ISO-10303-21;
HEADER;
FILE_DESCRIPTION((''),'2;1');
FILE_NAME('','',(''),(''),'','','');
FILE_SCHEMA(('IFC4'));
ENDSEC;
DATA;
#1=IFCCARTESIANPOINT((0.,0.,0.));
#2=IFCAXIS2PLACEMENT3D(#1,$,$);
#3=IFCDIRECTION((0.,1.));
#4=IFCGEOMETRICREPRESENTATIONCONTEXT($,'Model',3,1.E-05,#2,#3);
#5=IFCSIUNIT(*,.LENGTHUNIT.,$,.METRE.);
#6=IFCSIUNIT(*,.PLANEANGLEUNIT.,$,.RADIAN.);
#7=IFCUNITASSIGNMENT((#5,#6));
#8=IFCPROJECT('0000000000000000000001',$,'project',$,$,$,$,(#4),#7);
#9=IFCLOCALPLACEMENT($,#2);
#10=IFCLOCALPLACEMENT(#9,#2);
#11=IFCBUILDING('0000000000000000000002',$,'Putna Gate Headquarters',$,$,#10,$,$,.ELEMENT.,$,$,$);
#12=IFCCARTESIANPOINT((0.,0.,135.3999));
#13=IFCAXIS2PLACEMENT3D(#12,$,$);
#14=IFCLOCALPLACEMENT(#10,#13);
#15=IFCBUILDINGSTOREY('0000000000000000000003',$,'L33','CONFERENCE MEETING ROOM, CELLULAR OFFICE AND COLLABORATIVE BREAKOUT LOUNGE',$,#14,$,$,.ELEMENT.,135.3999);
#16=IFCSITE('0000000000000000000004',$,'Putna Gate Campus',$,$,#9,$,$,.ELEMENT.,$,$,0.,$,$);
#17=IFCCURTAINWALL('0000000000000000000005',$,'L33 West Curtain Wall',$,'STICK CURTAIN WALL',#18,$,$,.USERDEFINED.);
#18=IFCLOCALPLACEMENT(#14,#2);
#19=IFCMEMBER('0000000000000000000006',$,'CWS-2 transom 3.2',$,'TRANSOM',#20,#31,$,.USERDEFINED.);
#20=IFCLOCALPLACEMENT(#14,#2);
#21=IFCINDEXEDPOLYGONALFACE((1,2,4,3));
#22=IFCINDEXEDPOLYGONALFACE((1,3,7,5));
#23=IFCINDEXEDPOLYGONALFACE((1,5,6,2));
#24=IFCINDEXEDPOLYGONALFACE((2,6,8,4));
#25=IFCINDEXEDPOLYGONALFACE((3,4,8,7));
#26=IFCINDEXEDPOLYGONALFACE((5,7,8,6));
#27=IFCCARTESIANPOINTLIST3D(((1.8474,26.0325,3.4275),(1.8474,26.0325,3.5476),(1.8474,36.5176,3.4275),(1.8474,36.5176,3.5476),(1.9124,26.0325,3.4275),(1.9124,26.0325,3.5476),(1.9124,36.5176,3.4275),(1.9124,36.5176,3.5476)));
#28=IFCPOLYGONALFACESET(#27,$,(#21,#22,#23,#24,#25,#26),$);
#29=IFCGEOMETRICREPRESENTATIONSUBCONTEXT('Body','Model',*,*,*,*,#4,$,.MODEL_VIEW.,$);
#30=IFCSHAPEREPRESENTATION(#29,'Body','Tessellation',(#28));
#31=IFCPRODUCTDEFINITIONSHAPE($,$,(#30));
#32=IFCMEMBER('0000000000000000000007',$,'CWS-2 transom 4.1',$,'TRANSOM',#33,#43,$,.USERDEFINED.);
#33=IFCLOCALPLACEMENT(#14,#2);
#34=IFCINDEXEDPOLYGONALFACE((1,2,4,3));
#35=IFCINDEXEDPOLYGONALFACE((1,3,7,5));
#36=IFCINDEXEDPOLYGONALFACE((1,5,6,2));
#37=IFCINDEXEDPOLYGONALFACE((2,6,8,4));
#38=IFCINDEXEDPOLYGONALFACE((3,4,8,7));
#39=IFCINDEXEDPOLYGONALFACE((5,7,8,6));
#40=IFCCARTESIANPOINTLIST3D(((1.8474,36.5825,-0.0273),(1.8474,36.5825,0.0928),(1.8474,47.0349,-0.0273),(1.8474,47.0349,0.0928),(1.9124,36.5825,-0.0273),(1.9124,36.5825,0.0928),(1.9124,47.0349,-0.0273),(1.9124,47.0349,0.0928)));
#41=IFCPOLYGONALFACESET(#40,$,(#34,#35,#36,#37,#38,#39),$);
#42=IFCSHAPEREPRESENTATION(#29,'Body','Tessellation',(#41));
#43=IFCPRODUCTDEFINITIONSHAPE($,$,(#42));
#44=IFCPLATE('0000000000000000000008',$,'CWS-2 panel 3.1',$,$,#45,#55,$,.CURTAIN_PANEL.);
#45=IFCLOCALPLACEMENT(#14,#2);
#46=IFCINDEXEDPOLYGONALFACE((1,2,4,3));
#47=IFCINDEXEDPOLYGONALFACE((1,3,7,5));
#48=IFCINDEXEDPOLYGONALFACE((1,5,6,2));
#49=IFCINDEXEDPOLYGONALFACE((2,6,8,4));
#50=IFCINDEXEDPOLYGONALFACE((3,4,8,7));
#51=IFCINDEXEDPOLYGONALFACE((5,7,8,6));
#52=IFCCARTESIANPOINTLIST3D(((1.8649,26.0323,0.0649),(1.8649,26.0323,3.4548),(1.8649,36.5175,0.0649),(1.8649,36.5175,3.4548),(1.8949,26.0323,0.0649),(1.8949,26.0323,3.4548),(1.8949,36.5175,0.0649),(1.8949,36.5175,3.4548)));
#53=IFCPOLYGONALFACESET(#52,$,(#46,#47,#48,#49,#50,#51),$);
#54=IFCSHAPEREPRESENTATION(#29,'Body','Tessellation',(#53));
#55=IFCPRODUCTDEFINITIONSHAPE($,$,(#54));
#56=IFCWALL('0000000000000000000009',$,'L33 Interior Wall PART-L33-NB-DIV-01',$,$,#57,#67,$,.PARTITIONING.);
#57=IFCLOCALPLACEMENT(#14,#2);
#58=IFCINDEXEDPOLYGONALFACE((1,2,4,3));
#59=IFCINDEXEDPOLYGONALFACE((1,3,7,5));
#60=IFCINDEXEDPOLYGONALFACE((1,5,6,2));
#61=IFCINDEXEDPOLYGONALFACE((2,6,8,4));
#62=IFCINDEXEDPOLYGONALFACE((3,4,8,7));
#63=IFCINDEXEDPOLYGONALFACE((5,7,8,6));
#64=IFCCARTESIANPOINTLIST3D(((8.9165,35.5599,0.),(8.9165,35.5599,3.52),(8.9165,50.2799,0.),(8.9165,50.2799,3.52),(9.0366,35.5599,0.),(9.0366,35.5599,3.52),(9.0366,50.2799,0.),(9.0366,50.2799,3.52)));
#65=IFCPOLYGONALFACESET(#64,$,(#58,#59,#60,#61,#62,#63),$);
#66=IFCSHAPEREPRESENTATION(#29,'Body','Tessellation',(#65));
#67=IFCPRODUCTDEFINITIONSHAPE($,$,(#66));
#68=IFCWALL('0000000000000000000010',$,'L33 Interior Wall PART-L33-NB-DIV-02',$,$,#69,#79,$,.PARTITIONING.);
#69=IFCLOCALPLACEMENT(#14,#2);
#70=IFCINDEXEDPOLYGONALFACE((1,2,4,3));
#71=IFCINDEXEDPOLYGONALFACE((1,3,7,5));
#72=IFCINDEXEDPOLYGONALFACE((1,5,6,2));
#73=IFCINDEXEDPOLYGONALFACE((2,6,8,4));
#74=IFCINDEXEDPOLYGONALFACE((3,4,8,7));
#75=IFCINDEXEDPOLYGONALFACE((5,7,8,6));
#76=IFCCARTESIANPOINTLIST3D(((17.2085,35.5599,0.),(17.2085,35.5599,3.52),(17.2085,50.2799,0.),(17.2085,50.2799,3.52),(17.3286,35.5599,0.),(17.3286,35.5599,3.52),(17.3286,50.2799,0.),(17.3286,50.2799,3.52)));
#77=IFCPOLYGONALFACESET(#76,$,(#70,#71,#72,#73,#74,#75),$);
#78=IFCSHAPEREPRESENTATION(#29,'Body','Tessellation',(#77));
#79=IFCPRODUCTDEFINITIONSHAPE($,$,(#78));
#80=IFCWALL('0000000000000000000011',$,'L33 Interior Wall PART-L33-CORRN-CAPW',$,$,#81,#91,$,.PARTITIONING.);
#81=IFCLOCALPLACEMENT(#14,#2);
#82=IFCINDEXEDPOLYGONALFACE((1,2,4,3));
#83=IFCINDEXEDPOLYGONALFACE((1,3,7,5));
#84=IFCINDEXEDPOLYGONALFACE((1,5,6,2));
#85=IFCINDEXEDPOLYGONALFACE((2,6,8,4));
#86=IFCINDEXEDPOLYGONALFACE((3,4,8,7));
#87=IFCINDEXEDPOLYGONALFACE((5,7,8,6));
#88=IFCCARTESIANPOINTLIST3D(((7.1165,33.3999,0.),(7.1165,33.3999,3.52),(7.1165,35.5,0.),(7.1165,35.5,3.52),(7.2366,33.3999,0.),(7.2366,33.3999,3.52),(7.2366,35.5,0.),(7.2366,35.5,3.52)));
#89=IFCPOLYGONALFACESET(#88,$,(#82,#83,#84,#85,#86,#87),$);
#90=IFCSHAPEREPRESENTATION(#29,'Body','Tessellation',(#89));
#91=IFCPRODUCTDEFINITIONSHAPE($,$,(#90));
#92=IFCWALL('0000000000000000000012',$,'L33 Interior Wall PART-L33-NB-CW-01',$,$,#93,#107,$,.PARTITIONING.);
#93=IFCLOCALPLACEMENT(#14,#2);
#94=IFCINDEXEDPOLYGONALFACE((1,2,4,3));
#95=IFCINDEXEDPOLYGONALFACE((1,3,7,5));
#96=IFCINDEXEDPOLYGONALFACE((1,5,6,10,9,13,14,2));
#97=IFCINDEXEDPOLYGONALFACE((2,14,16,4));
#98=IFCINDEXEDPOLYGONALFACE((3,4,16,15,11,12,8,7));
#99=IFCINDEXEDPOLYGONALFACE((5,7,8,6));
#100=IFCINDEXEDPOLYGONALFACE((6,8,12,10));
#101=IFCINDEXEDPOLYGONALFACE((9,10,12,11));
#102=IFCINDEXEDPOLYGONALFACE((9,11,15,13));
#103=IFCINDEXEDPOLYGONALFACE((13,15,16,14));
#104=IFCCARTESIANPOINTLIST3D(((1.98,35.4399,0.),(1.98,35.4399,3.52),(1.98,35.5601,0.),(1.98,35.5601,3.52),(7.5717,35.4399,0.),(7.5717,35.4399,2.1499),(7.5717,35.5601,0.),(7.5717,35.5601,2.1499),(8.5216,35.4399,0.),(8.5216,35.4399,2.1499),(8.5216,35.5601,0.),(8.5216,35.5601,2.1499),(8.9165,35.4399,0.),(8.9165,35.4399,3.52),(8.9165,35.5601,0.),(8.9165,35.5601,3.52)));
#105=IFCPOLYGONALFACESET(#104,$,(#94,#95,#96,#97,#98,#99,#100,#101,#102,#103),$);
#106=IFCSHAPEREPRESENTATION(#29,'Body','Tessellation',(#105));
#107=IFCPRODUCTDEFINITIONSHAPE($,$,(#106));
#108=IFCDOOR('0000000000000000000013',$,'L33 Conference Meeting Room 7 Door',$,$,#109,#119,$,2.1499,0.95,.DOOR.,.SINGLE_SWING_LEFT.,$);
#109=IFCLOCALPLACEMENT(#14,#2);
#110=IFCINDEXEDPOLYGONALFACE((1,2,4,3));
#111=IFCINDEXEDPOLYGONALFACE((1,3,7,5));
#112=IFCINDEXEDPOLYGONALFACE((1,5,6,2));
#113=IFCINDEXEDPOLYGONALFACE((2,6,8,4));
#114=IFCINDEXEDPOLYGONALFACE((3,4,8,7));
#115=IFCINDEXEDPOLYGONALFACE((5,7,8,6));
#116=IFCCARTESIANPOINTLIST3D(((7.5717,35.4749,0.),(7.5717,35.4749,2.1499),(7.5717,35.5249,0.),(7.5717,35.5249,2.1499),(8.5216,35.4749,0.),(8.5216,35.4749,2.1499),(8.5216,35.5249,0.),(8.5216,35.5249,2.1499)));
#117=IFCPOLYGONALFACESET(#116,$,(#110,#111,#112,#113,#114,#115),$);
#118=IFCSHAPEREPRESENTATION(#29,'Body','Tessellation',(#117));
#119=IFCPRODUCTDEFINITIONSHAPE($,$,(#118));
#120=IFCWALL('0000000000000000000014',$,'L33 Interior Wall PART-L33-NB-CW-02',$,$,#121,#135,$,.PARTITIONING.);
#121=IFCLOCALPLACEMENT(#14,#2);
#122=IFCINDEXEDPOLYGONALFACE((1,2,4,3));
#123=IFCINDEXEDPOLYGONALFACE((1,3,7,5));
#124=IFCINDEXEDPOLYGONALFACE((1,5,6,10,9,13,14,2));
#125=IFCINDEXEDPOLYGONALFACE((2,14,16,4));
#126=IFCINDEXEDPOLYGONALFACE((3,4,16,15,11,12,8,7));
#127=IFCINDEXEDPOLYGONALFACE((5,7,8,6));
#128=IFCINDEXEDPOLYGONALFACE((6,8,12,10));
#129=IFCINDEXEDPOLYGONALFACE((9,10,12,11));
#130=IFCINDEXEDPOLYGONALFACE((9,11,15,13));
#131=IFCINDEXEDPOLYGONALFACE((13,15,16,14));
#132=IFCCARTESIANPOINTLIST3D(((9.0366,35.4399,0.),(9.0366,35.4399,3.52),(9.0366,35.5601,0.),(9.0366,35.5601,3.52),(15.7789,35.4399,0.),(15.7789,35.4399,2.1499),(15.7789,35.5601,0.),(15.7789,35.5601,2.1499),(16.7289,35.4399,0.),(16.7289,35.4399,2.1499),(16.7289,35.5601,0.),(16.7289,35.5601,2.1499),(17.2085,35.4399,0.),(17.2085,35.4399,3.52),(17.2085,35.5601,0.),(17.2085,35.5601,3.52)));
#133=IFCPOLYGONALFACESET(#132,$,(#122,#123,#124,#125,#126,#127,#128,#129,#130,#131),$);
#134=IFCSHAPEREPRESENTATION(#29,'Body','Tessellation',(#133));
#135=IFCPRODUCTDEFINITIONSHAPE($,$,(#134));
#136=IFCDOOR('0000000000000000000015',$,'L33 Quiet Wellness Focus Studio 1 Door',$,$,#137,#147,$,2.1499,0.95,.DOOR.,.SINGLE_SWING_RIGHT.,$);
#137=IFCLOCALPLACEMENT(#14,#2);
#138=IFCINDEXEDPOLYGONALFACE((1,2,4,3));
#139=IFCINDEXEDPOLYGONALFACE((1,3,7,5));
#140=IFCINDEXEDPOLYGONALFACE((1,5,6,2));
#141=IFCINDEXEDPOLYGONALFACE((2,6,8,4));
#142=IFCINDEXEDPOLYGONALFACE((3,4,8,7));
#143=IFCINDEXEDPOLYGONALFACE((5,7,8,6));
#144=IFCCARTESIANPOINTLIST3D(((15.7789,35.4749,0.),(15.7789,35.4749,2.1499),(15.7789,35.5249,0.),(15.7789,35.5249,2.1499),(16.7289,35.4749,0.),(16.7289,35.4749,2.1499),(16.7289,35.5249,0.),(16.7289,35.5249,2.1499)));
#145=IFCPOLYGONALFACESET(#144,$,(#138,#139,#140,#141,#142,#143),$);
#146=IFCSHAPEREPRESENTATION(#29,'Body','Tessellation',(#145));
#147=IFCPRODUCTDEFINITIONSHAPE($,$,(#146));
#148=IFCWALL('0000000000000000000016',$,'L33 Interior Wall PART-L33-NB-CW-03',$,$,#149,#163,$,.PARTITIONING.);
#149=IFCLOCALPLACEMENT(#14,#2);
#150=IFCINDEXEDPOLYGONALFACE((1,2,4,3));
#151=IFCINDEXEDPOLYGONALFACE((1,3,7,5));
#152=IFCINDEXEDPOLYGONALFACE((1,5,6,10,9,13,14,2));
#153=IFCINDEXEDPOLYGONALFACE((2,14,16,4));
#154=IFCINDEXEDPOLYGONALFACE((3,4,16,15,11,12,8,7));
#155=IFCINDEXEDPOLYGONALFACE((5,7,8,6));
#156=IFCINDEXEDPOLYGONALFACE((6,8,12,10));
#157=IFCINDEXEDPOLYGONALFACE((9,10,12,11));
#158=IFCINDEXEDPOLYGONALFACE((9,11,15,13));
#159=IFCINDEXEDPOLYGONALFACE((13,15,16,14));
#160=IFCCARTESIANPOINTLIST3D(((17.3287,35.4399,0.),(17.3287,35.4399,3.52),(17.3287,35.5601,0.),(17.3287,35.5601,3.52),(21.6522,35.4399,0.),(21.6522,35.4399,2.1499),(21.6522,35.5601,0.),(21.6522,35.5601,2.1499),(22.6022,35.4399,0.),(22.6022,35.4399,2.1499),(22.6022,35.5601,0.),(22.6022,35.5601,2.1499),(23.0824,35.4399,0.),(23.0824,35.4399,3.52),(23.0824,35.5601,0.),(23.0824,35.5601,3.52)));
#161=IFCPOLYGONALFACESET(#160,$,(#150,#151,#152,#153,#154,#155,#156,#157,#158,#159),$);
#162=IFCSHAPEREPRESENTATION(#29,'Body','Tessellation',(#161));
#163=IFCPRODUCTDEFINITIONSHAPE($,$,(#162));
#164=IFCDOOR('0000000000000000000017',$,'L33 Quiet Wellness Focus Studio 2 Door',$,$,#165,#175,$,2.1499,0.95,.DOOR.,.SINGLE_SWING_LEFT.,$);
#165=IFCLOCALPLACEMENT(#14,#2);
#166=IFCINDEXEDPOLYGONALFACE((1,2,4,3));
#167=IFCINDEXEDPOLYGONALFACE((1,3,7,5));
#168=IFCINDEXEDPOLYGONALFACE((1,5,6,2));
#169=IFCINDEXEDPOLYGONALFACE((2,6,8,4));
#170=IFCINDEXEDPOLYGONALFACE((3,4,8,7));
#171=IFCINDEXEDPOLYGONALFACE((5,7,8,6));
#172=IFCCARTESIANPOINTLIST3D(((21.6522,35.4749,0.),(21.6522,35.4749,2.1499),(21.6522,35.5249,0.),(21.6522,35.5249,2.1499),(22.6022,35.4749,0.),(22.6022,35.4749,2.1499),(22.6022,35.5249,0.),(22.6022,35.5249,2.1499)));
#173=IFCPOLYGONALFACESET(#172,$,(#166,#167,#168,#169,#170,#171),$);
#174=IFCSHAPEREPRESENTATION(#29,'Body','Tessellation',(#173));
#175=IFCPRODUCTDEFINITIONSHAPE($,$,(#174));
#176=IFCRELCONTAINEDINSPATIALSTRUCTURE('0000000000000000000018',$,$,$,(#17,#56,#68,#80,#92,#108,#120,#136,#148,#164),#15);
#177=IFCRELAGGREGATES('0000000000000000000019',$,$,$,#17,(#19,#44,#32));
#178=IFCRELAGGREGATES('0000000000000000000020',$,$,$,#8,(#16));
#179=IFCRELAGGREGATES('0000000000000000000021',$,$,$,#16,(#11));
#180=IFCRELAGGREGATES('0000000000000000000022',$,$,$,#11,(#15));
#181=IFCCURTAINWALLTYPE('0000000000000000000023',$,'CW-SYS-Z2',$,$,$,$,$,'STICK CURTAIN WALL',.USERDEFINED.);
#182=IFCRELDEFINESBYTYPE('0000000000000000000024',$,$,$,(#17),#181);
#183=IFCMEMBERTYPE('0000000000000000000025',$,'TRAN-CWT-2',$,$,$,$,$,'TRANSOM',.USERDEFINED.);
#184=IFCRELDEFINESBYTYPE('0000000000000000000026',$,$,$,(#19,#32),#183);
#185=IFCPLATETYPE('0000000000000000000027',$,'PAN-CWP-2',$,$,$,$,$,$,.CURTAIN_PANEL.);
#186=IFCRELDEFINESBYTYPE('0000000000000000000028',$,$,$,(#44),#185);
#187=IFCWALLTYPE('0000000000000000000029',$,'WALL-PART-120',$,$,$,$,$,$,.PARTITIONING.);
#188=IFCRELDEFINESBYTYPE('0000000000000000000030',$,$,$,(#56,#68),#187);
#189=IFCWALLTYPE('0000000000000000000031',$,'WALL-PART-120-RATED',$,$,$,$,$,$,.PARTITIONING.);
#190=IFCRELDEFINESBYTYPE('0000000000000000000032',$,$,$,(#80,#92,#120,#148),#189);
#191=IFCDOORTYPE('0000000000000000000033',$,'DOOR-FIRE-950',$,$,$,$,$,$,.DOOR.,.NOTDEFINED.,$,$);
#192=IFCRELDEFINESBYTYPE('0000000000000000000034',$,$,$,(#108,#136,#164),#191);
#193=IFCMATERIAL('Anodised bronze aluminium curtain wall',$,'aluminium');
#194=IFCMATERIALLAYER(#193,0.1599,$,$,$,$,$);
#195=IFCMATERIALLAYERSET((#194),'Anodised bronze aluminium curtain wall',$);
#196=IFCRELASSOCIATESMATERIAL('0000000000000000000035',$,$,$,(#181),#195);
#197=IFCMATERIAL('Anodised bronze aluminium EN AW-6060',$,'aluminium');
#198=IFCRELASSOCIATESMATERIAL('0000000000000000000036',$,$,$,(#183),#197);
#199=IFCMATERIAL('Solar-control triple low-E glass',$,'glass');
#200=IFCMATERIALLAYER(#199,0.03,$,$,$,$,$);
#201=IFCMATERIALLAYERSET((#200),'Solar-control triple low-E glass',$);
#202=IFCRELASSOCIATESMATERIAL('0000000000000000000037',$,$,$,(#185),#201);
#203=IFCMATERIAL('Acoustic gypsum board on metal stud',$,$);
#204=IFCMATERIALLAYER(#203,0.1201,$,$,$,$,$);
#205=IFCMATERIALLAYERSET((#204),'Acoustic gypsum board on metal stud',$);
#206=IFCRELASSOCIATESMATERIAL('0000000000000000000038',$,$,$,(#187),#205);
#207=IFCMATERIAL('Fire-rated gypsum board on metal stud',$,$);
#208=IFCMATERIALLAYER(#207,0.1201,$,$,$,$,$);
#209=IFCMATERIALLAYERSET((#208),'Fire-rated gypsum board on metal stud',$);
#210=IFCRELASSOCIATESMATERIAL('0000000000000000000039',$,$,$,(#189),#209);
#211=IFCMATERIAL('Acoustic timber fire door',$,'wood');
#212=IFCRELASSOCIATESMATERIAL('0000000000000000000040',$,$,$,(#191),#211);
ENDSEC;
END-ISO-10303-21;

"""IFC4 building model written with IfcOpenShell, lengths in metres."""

from ifc_helpers import new_model, si_unit, direction, frame, frame_2d, origin, origin_2d, place, context, subcontext, project, spatial, rectangle, extrude, material, layer, layer_set, material_profile, profile_set, type_object, element, fill, aggregate, save


model = new_model("IFC4")

# Units and contexts
model_context = context("Model", 3, precision=1e-05, world=origin(), true_north=direction((0.0, 1.0)))
body_context = subcontext(model_context, "Body", "Model", "MODEL_VIEW")
ifc_project = project(units=[si_unit("LENGTHUNIT", "METRE"), si_unit("PLANEANGLEUNIT", "RADIAN")], contexts=[model_context])

# Site, building, storey
site_placement = place(None, origin())
site = spatial("IfcSite", under=ifc_project, at=site_placement, Name="Putna Gate Campus", CompositionType="ELEMENT", RefElevation=0.0)
building_placement = place(site_placement, origin())
building = spatial("IfcBuilding", under=site, at=building_placement, Name="Putna Gate Headquarters", CompositionType="ELEMENT")
storey_placement = place(building_placement, frame((0.0, 0.0, 135.3999)))
storey = spatial("IfcBuildingStorey", under=building, at=storey_placement, Name="L33", Description="CONFERENCE MEETING ROOM, CELLULAR OFFICE AND COLLABORATIVE BREAKOUT LOUNGE", CompositionType="ELEMENT", Elevation=135.3999)

# Curtain wall, members, plate
ifc_material_1 = material(Name="Anodised bronze aluminium curtain wall", Category="aluminium")
ifc_layer_1 = layer(ifc_material_1, 0.1599)
ifc_layer_set_1 = layer_set([ifc_layer_1], Name="Anodised bronze aluminium curtain wall")
curtain_wall_type = type_object("IfcCurtainWallType", Name="CW-SYS-Z2", ElementType="STICK CURTAIN WALL", PredefinedType="USERDEFINED", material=ifc_layer_set_1)
curtain_wall_placement = place(storey_placement, origin())
curtain_wall = element("IfcCurtainWall", 1, at=curtain_wall_placement, inside=storey, type_object=curtain_wall_type, Name="L33 West Curtain Wall", ObjectType="STICK CURTAIN WALL", PredefinedType="USERDEFINED")
ifc_material_2 = material(Name="Anodised bronze aluminium EN AW-6060", Category="aluminium")
ifc_material_profile_1 = material_profile(ifc_material_2, rectangle(XDim=0.0649, YDim=0.1201, at=origin_2d()), Name="Anodised bronze aluminium EN AW-6060")
ifc_profile_set_1 = profile_set([ifc_material_profile_1], Name="Anodised bronze aluminium EN AW-6060")
member_type_1 = type_object("IfcMemberType", Name="TRAN-CWT-2", ElementType="TRANSOM", PredefinedType="USERDEFINED", material=ifc_profile_set_1)
member_1_placement = place(storey_placement, frame((1.8799, 26.0325, 3.4875), z_axis=(0.0, 1.0, 0.0), x_axis=(-1.0, 0.0, 0.0)))
member_1 = element("IfcMember", 2, at=member_1_placement, type_object=member_type_1, Name="CWS-2 transom 3.2", ObjectType="TRANSOM", PredefinedType="USERDEFINED", context=body_context, shape_type="SweptSolid", body=[
    extrude(rectangle(XDim=0.0649, YDim=0.1201, at=origin_2d()), origin(), (0.0, 0.0, 1.0), 10.4851),
])
member_2_placement = place(storey_placement, frame((1.8799, 36.5825, 0.0327), z_axis=(0.0, 1.0, 0.0), x_axis=(-1.0, 0.0, 0.0)))
member_2 = element("IfcMember", 3, at=member_2_placement, type_object=member_type_1, Name="CWS-2 transom 4.1", ObjectType="TRANSOM", PredefinedType="USERDEFINED", context=body_context, shape_type="SweptSolid", body=[
    extrude(rectangle(XDim=0.0649, YDim=0.1201, at=origin_2d()), origin(), (0.0, 0.0, 1.0), 10.4524),
])
ifc_material_3 = material(Name="Solar-control triple low-E glass", Category="glass")
ifc_layer_2 = layer(ifc_material_3, 0.03)
ifc_layer_set_2 = layer_set([ifc_layer_2], Name="Solar-control triple low-E glass")
plate_type = type_object("IfcPlateType", Name="PAN-CWP-2", PredefinedType="CURTAIN_PANEL", material=ifc_layer_set_2)
plate_placement = place(storey_placement, frame((1.8799, 31.2749, 0.0649), z_axis=(0.0, 0.0, 1.0), x_axis=(0.0, 1.0, 0.0)))
plate = element("IfcPlate", 4, at=plate_placement, type_object=plate_type, Name="CWS-2 panel 3.1", PredefinedType="CURTAIN_PANEL", context=body_context, shape_type="SweptSolid", body=[
    extrude(rectangle(XDim=10.4851, YDim=0.03, at=origin_2d()), origin(), (0.0, 0.0, 1.0), 3.3899),
])
aggregate(curtain_wall, [member_1, plate, member_2])

# Walls
ifc_material_4 = material(Name="Acoustic gypsum board on metal stud")
ifc_layer_3 = layer(ifc_material_4, 0.1201)
ifc_layer_set_3 = layer_set([ifc_layer_3], Name="Acoustic gypsum board on metal stud")
wall_type_1 = type_object("IfcWallType", Name="WALL-PART-120", PredefinedType="PARTITIONING", material=ifc_layer_set_3)
for number, where, z_axis, x_axis, name in (
    (5, (8.9766, 35.5601, 0.0), (0.0, 0.0, 1.0), (0.0, 1.0, 0.0), "L33 Interior Wall PART-L33-NB-DIV-01"),
    (6, (17.2686, 35.5601, 0.0), (0.0, 0.0, 1.0), (0.0, 1.0, 0.0), "L33 Interior Wall PART-L33-NB-DIV-02"),
):
    element("IfcWall", number, at=place(storey_placement, frame(where, z_axis=z_axis, x_axis=x_axis)), inside=storey, type_object=wall_type_1, Name=name, PredefinedType="PARTITIONING", context=body_context, shape_type="SweptSolid", body=[
        extrude(rectangle(XDim=14.72, YDim=0.1201, at=frame_2d((7.3599, 0.0))), origin(), (0.0, 0.0, 1.0), 3.52),
    ])
ifc_material_5 = material(Name="Fire-rated gypsum board on metal stud")
ifc_layer_4 = layer(ifc_material_5, 0.1201)
ifc_layer_set_4 = layer_set([ifc_layer_4], Name="Fire-rated gypsum board on metal stud")
wall_type_2 = type_object("IfcWallType", Name="WALL-PART-120-RATED", PredefinedType="PARTITIONING", material=ifc_layer_set_4)
wall_1_placement = place(storey_placement, frame((7.1765, 33.3999, 0.0), z_axis=(0.0, 0.0, 1.0), x_axis=(0.0, 1.0, 0.0)))
element("IfcWall", 7, at=wall_1_placement, inside=storey, type_object=wall_type_2, Name="L33 Interior Wall PART-L33-CORRN-CAPW", PredefinedType="PARTITIONING", context=body_context, shape_type="SweptSolid", body=[
    extrude(rectangle(XDim=2.1001, YDim=0.1201, at=frame_2d((1.05, 0.0))), origin(), (0.0, 0.0, 1.0), 3.52),
])

# Walls, openings, doors
wall_2_placement = place(storey_placement, frame((1.98, 35.5, 0.0), z_axis=(0.0, 0.0, 1.0), x_axis=(1.0, 0.0, 0.0)))
wall_2 = element("IfcWall", 8, at=wall_2_placement, inside=storey, type_object=wall_type_2, Name="L33 Interior Wall PART-L33-NB-CW-01", PredefinedType="PARTITIONING", context=body_context, shape_type="SweptSolid", body=[
    extrude(rectangle(XDim=6.9365, YDim=0.1201, at=frame_2d((3.4683, 0.0))), origin(), (0.0, 0.0, 1.0), 3.52),
])
opening_1_placement = place(wall_2_placement, frame((5.5916, 0.0, 0.0)))
opening_1 = element("IfcOpeningElement", 9, at=opening_1_placement, cuts=wall_2, PredefinedType="OPENING", context=body_context, shape_type="SweptSolid", body=[
    extrude(rectangle(XDim=0.95, YDim=2.1499, at=frame_2d((0.4751, 1.075))), frame((0.0, 0.0701, 0.0), z_axis=(0.0, -1.0, 0.0), x_axis=(1.0, 0.0, 0.0)), (0.0, 0.0, 1.0), 0.1401),
])
ifc_material_6 = material(Name="Acoustic timber fire door", Category="wood")
door_type_1 = type_object("IfcDoorType", Name="DOOR-FIRE-950", OperationType="NOTDEFINED", PredefinedType="DOOR", material=ifc_material_6)
door_1_placement = place(opening_1_placement, origin())
door_1 = element("IfcDoor", 10, at=door_1_placement, inside=storey, type_object=door_type_1, Name="L33 Conference Meeting Room 7 Door", OperationType="SINGLE_SWING_LEFT", OverallHeight=2.1499, OverallWidth=0.95, PredefinedType="DOOR", context=body_context, shape_type="SweptSolid", body=[
    extrude(rectangle(XDim=0.95, YDim=2.1499, at=frame_2d((0.4751, 1.075))), frame((0.0, 0.0249, 0.0), z_axis=(0.0, -1.0, 0.0), x_axis=(1.0, 0.0, 0.0)), (0.0, 0.0, 1.0), 0.05),
])
fill(opening_1, door_1)
wall_3_placement = place(storey_placement, frame((9.0366, 35.5, 0.0), z_axis=(0.0, 0.0, 1.0), x_axis=(1.0, 0.0, 0.0)))
wall_3 = element("IfcWall", 11, at=wall_3_placement, inside=storey, type_object=wall_type_2, Name="L33 Interior Wall PART-L33-NB-CW-02", PredefinedType="PARTITIONING", context=body_context, shape_type="SweptSolid", body=[
    extrude(rectangle(XDim=8.1719, YDim=0.1201, at=frame_2d((4.0859, 0.0))), origin(), (0.0, 0.0, 1.0), 3.52),
])
opening_2_placement = place(wall_3_placement, frame((6.7422, 0.0, 0.0)))
opening_2 = element("IfcOpeningElement", 12, at=opening_2_placement, cuts=wall_3, PredefinedType="OPENING", context=body_context, shape_type="SweptSolid", body=[
    extrude(rectangle(XDim=0.95, YDim=2.1499, at=frame_2d((0.4751, 1.075))), frame((0.0, 0.0701, 0.0), z_axis=(0.0, -1.0, 0.0), x_axis=(1.0, 0.0, 0.0)), (0.0, 0.0, 1.0), 0.1401),
])
door_2_placement = place(opening_2_placement, origin())
door_2 = element("IfcDoor", 13, at=door_2_placement, inside=storey, type_object=door_type_1, Name="L33 Quiet Wellness Focus Studio 1 Door", OperationType="SINGLE_SWING_RIGHT", OverallHeight=2.1499, OverallWidth=0.95, PredefinedType="DOOR", context=body_context, shape_type="SweptSolid", body=[
    extrude(rectangle(XDim=0.95, YDim=2.1499, at=frame_2d((0.4751, 1.075))), frame((0.0, 0.0249, 0.0), z_axis=(0.0, -1.0, 0.0), x_axis=(1.0, 0.0, 0.0)), (0.0, 0.0, 1.0), 0.05),
])
fill(opening_2, door_2)
wall_4_placement = place(storey_placement, frame((17.3286, 35.5, 0.0), z_axis=(0.0, 0.0, 1.0), x_axis=(1.0, 0.0, 0.0)))
wall_4 = element("IfcWall", 14, at=wall_4_placement, inside=storey, type_object=wall_type_2, Name="L33 Interior Wall PART-L33-NB-CW-03", PredefinedType="PARTITIONING", context=body_context, shape_type="SweptSolid", body=[
    extrude(rectangle(XDim=5.7537, YDim=0.1201, at=frame_2d((2.877, 0.0))), origin(), (0.0, 0.0, 1.0), 3.52),
])
opening_3_placement = place(wall_4_placement, frame((4.3235, 0.0, 0.0)))
opening_3 = element("IfcOpeningElement", 15, at=opening_3_placement, cuts=wall_4, PredefinedType="OPENING", context=body_context, shape_type="SweptSolid", body=[
    extrude(rectangle(XDim=0.95, YDim=2.1499, at=frame_2d((0.4751, 1.075))), frame((0.0, 0.0701, 0.0), z_axis=(0.0, -1.0, 0.0), x_axis=(1.0, 0.0, 0.0)), (0.0, 0.0, 1.0), 0.1401),
])
door_3_placement = place(opening_3_placement, origin())
door_3 = element("IfcDoor", 16, at=door_3_placement, inside=storey, type_object=door_type_1, Name="L33 Quiet Wellness Focus Studio 2 Door", OperationType="SINGLE_SWING_LEFT", OverallHeight=2.1499, OverallWidth=0.95, PredefinedType="DOOR", context=body_context, shape_type="SweptSolid", body=[
    extrude(rectangle(XDim=0.95, YDim=2.1499, at=frame_2d((0.4751, 1.075))), frame((0.0, 0.0249, 0.0), z_axis=(0.0, -1.0, 0.0), x_axis=(1.0, 0.0, 0.0)), (0.0, 0.0, 1.0), 0.05),
])
fill(opening_3, door_3)

save(model, "model.ifc")
